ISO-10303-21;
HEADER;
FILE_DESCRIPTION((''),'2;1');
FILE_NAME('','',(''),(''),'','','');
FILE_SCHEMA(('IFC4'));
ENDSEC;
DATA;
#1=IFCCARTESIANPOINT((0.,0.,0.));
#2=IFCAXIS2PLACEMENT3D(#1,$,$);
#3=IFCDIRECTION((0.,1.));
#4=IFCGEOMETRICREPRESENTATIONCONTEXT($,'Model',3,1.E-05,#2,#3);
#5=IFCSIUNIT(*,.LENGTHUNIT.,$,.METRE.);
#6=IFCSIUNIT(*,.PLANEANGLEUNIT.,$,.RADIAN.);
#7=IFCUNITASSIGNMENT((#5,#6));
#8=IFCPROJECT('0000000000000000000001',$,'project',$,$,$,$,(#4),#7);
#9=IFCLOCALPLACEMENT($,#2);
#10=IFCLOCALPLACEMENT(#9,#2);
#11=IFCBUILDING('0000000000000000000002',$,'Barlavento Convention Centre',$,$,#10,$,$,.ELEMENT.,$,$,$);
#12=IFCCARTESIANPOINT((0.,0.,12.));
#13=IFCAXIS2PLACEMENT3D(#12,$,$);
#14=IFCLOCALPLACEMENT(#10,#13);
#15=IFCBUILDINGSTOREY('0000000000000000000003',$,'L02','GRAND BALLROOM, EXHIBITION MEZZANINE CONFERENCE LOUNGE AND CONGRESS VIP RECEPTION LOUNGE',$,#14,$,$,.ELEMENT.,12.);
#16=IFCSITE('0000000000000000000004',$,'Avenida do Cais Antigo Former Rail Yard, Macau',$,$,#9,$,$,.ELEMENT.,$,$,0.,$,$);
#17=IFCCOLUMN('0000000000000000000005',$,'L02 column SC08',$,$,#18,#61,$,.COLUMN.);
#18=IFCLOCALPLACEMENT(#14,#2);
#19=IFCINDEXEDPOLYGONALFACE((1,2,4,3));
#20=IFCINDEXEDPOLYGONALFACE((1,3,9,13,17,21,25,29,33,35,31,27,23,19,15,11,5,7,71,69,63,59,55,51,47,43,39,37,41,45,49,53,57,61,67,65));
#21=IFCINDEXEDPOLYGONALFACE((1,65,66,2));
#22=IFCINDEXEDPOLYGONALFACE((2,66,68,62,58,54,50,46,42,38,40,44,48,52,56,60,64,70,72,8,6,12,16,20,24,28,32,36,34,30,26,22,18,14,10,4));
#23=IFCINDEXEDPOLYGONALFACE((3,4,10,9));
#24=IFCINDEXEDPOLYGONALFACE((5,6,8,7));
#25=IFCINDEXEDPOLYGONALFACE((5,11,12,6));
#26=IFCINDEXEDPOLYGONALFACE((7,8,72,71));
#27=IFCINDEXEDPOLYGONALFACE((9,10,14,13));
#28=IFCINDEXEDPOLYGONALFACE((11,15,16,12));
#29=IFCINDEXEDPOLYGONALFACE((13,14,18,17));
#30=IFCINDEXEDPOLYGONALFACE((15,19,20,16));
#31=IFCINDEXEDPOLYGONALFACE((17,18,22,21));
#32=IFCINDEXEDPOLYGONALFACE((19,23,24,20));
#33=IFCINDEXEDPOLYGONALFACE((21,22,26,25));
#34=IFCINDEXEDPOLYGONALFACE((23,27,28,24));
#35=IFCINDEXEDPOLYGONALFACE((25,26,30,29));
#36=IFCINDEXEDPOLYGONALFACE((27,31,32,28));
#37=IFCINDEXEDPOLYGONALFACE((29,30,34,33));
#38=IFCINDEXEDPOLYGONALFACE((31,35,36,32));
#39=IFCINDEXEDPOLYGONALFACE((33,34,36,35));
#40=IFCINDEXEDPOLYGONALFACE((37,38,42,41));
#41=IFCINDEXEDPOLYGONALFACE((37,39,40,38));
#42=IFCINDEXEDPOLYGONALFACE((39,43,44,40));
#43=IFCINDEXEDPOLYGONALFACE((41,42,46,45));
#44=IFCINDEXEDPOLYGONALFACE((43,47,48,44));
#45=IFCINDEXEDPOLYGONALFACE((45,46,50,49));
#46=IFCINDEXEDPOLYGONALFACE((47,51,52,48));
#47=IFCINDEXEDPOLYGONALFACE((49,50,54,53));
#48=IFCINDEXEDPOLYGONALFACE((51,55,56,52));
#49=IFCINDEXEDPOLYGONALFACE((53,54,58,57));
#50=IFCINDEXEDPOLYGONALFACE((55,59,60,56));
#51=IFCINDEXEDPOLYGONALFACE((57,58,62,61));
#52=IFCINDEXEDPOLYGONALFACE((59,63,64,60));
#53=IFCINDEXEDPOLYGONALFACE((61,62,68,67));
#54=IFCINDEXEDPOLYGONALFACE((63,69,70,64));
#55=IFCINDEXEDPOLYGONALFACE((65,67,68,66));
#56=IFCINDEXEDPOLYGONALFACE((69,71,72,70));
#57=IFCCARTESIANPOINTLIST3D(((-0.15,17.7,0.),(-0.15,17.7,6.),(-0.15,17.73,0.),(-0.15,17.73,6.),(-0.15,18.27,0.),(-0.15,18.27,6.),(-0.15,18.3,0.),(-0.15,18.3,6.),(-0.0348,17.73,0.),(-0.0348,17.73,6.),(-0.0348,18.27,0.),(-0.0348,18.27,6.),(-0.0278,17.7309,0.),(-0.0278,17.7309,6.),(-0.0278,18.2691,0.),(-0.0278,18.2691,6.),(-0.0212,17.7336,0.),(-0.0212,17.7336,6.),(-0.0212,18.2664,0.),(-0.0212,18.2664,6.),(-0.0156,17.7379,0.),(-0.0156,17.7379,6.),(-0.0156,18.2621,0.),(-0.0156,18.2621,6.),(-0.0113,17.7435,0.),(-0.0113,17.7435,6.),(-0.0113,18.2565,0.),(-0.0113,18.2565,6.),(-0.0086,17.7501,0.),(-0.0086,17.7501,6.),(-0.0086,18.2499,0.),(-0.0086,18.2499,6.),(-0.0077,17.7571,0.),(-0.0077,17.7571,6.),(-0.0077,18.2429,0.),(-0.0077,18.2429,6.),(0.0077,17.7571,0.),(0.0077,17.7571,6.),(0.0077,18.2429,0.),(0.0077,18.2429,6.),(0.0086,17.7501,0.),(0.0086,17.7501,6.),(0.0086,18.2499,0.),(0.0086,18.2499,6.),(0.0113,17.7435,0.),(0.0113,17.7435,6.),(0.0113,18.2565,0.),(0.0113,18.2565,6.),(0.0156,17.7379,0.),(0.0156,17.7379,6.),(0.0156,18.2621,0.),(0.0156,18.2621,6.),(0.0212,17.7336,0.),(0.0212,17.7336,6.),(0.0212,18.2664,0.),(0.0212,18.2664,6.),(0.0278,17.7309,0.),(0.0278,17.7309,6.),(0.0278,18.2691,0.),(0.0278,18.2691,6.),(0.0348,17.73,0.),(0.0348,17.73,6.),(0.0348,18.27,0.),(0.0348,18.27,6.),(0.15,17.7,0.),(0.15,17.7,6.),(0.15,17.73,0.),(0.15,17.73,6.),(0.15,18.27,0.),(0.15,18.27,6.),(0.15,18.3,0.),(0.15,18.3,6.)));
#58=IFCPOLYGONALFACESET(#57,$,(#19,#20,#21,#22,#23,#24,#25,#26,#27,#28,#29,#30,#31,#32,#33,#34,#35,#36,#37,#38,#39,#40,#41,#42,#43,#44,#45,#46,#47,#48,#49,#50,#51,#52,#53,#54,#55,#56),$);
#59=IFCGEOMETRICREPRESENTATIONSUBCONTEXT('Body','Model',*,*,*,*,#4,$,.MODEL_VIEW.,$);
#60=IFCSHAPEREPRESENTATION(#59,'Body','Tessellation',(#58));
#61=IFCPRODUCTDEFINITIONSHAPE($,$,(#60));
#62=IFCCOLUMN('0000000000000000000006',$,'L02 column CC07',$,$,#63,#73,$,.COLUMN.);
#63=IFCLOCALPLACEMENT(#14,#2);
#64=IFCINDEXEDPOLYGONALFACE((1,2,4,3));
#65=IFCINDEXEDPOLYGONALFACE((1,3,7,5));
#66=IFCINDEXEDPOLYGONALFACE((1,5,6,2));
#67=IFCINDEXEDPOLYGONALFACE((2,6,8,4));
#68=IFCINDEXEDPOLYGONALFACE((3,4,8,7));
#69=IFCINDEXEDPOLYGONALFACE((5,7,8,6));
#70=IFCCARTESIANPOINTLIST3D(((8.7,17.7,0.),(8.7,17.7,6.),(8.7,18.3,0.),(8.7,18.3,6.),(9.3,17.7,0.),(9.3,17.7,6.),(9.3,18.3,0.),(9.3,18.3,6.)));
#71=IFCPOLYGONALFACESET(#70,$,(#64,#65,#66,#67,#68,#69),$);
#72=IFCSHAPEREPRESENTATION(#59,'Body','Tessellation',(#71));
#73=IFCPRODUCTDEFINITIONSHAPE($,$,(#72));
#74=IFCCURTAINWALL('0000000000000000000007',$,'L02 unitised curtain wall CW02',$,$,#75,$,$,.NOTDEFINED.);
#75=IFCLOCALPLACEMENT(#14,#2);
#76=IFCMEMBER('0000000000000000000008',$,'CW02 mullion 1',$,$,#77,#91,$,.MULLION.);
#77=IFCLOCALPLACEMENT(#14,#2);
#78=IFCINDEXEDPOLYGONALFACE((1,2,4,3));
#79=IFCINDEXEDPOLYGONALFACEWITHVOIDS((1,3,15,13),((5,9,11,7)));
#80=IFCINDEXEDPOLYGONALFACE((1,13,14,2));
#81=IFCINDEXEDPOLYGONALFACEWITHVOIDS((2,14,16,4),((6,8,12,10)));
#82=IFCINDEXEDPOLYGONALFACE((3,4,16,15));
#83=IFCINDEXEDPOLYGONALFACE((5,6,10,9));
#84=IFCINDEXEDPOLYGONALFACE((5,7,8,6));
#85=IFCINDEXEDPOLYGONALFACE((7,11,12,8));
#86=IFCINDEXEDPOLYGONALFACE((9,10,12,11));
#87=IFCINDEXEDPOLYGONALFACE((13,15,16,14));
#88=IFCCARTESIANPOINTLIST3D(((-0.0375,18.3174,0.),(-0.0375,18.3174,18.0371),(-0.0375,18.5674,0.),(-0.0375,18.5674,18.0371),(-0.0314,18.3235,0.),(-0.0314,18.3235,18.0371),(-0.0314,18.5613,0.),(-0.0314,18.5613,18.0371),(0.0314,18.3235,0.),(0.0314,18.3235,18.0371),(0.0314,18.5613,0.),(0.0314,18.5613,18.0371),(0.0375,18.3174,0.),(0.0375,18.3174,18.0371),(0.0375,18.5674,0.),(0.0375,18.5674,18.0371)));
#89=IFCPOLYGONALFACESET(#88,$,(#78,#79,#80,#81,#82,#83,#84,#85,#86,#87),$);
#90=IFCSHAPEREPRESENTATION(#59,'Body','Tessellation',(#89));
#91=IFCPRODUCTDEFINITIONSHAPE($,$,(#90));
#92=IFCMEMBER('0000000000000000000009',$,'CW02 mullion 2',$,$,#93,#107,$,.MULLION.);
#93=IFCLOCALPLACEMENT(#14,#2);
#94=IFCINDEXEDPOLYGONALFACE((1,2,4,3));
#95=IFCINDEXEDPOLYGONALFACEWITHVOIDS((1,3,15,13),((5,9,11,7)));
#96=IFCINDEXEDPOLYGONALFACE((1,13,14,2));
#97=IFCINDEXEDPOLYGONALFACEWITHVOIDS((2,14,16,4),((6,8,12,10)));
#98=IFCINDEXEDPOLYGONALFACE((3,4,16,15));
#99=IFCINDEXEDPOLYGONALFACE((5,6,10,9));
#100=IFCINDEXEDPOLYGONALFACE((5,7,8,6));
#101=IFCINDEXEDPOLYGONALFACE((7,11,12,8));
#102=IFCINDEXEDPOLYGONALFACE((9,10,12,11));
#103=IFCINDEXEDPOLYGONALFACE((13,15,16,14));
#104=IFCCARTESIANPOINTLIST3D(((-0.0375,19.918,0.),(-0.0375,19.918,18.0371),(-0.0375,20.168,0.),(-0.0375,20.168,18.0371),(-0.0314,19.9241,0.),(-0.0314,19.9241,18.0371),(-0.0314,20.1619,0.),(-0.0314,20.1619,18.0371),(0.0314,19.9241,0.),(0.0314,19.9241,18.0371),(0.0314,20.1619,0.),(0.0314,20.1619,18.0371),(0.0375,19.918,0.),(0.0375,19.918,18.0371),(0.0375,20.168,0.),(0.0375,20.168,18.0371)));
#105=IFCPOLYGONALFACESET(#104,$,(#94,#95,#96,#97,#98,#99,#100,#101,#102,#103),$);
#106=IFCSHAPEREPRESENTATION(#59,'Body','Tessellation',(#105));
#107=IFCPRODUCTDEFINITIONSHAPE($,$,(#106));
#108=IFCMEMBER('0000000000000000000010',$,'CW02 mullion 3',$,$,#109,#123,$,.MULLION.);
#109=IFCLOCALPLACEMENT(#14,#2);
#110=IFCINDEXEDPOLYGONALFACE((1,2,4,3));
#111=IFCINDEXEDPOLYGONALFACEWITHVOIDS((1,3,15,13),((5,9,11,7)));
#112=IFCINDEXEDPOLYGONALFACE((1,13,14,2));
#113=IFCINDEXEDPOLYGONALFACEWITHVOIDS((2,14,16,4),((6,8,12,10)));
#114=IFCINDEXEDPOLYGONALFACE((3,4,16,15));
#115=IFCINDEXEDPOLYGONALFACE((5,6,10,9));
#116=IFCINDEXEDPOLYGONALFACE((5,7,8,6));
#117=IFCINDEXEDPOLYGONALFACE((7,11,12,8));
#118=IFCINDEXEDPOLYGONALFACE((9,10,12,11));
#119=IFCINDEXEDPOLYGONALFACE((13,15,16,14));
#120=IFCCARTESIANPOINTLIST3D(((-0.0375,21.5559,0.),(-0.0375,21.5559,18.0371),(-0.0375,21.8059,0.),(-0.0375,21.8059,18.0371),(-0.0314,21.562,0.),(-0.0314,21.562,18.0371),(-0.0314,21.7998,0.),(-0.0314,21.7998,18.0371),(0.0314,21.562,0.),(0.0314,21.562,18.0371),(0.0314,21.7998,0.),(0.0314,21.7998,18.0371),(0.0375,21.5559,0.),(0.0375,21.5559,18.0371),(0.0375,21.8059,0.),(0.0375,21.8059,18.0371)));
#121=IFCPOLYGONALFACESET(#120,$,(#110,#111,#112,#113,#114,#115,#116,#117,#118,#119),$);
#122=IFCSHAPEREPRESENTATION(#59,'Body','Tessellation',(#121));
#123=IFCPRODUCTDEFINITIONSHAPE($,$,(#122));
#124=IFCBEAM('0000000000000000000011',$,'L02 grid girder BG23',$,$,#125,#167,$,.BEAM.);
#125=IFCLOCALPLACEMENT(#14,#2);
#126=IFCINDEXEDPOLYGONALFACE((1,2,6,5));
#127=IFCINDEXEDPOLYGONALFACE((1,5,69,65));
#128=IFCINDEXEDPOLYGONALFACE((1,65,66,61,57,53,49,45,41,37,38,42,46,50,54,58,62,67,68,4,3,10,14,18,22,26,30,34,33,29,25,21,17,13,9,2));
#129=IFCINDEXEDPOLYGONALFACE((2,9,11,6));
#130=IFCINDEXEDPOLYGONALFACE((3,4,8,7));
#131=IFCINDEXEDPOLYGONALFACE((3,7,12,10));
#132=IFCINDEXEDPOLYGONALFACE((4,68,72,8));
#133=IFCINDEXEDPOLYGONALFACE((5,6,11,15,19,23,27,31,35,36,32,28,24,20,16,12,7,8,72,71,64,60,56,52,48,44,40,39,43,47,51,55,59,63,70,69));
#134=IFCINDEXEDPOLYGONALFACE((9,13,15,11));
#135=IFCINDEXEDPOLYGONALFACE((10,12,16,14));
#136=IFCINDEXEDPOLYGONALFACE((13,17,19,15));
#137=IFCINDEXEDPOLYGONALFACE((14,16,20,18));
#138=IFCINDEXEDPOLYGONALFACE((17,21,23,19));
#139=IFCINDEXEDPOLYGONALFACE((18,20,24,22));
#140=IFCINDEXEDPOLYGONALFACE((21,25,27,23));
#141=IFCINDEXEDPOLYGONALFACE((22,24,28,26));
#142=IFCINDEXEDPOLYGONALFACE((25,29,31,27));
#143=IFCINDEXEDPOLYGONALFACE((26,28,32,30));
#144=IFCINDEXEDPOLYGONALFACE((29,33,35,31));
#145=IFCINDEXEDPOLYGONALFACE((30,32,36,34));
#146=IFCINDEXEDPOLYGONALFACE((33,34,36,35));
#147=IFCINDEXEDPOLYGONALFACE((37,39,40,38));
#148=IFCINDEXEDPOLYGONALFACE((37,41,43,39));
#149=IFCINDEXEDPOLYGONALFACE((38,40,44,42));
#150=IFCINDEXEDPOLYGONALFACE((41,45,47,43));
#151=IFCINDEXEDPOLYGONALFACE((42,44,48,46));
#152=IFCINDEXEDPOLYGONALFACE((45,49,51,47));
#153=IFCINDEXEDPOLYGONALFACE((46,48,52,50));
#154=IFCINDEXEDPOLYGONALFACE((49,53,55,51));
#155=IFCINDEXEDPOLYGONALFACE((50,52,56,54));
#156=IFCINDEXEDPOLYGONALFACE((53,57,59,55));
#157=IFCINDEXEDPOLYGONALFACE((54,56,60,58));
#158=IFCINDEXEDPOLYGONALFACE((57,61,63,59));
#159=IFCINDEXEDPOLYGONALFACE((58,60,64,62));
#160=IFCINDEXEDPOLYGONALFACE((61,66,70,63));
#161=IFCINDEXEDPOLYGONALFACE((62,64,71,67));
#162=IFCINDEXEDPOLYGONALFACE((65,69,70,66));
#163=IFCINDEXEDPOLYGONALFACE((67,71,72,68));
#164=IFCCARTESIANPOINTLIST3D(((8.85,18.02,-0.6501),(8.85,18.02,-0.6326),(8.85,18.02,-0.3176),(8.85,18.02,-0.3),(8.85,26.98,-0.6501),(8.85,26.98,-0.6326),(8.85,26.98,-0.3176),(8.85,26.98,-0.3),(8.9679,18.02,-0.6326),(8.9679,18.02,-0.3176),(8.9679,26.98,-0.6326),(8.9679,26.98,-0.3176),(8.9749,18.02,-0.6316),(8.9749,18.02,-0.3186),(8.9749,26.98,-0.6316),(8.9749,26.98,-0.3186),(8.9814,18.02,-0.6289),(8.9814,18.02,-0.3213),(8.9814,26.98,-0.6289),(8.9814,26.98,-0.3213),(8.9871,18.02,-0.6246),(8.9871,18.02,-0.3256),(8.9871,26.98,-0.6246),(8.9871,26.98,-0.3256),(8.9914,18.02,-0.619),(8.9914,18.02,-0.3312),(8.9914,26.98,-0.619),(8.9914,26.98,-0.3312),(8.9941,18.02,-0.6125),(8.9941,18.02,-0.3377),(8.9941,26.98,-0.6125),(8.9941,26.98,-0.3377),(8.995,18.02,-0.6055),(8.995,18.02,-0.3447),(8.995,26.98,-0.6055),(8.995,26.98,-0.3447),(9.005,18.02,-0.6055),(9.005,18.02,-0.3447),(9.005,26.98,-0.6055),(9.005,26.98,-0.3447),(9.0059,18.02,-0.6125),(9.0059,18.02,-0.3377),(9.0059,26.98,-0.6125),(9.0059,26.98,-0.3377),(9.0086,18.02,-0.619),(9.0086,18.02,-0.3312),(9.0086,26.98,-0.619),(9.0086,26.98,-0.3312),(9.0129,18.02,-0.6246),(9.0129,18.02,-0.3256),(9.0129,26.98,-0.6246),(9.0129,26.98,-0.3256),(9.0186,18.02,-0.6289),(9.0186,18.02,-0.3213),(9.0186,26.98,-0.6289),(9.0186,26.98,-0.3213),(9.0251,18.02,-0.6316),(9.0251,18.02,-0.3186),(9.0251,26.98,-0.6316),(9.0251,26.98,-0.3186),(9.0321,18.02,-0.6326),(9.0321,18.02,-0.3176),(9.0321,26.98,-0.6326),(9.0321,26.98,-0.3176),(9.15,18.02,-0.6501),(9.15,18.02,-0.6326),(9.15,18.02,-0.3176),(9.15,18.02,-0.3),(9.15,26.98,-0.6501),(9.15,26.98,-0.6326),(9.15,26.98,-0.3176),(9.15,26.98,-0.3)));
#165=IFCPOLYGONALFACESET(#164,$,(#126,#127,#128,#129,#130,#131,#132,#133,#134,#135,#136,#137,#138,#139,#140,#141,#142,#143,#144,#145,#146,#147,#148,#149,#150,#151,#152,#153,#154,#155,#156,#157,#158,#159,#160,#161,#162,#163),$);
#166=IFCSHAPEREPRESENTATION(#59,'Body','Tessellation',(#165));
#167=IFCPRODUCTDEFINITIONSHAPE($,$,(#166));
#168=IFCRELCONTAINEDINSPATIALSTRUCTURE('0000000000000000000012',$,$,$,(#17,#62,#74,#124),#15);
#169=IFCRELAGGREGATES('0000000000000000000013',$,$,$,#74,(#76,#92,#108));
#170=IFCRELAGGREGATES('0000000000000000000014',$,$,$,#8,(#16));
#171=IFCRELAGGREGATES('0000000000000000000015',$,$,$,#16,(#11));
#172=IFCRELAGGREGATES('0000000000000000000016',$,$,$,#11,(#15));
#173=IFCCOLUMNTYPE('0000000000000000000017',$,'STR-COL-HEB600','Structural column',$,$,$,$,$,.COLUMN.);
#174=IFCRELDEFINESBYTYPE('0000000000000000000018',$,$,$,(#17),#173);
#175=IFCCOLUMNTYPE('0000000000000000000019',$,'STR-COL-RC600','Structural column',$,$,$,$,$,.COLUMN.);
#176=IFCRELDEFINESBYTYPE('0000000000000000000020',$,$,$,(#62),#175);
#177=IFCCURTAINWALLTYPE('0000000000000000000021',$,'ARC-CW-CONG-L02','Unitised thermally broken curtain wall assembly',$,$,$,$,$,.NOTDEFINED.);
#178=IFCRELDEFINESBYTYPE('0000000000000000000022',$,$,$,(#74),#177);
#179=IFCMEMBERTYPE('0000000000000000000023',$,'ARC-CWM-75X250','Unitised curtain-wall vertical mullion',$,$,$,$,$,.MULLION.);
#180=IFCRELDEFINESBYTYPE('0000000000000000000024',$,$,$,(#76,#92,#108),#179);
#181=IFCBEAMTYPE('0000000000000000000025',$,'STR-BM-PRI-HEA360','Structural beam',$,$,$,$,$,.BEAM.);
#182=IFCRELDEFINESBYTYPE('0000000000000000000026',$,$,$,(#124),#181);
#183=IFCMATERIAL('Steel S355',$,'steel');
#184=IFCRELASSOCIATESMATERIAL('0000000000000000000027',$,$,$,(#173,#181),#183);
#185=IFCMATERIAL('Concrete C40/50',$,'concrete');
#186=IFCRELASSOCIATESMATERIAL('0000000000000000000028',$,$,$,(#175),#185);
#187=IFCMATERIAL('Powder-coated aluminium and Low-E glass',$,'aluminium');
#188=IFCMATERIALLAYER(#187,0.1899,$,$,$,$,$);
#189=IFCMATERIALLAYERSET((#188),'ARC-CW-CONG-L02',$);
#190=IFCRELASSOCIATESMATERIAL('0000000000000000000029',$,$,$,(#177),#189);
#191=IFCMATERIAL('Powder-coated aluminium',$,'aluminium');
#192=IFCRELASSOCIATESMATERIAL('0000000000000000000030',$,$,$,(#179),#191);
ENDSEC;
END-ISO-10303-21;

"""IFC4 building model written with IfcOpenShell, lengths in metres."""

from ifc_helpers import new_model, si_unit, direction, frame, origin, origin_2d, place, context, subcontext, project, spatial, rectangle, hollow_rectangle, i_section, extrude, material, layer, layer_set, material_profile, profile_set, type_object, element, aggregate, save


model = new_model("IFC4")

# Units and contexts
model_context = context("Model", 3, precision=1e-05, world=origin(), true_north=direction((0.0, 1.0)))
body_context = subcontext(model_context, "Body", "Model", "MODEL_VIEW")
ifc_project = project(units=[si_unit("LENGTHUNIT", "METRE"), si_unit("PLANEANGLEUNIT", "RADIAN")], contexts=[model_context])

# Site, building, storey
site_placement = place(None, origin())
site = spatial("IfcSite", under=ifc_project, at=site_placement, Name="Avenida do Cais Antigo Former Rail Yard, Macau", CompositionType="ELEMENT", RefElevation=0.0)
building_placement = place(site_placement, origin())
building = spatial("IfcBuilding", under=site, at=building_placement, Name="Barlavento Convention Centre", CompositionType="ELEMENT")
storey_placement = place(building_placement, frame((0.0, 0.0, 12.0)))
storey = spatial("IfcBuildingStorey", under=building, at=storey_placement, Name="L02", Description="GRAND BALLROOM, EXHIBITION MEZZANINE CONFERENCE LOUNGE AND CONGRESS VIP RECEPTION LOUNGE", CompositionType="ELEMENT", Elevation=12.0)

# Columns
ifc_material_1 = material(Name="Steel S355", Category="steel")
ifc_material_profile_1 = material_profile(ifc_material_1, i_section(OverallWidth=0.3, OverallDepth=0.6001, WebThickness=0.0154, FlangeThickness=0.03, FilletRadius=0.0271, at=origin_2d()), Name="HEB 600")
ifc_profile_set_1 = profile_set([ifc_material_profile_1], Name="Steel S355")
column_type_1 = type_object("IfcColumnType", Name="STR-COL-HEB600", Description="Structural column", PredefinedType="COLUMN", material=ifc_profile_set_1)
column_1_placement = place(storey_placement, frame((0.0, 18.0, 0.0), z_axis=(0.0, 0.0, 1.0), x_axis=(1.0, 0.0, 0.0)))
element("IfcColumn", 1, at=column_1_placement, inside=storey, type_object=column_type_1, Name="L02 column SC08", PredefinedType="COLUMN", context=body_context, shape_type="SweptSolid", body=[
    extrude(i_section(OverallWidth=0.3, OverallDepth=0.6001, WebThickness=0.0154, FlangeThickness=0.03, FilletRadius=0.0271, at=origin_2d()), origin(), (0.0, 0.0, 1.0), 6.0),
])
ifc_material_2 = material(Name="Concrete C40/50", Category="concrete")
ifc_material_profile_2 = material_profile(ifc_material_2, rectangle(XDim=0.6001, YDim=0.6001, at=origin_2d()), Name="RC 600x600")
ifc_profile_set_2 = profile_set([ifc_material_profile_2], Name="Concrete C40/50")
column_type_2 = type_object("IfcColumnType", Name="STR-COL-RC600", Description="Structural column", PredefinedType="COLUMN", material=ifc_profile_set_2)
column_2_placement = place(storey_placement, frame((9.0, 18.0, 0.0), z_axis=(0.0, 0.0, 1.0), x_axis=(1.0, 0.0, 0.0)))
element("IfcColumn", 2, at=column_2_placement, inside=storey, type_object=column_type_2, Name="L02 column CC07", PredefinedType="COLUMN", context=body_context, shape_type="SweptSolid", body=[
    extrude(rectangle(XDim=0.6001, YDim=0.6001, at=origin_2d()), origin(), (0.0, 0.0, 1.0), 6.0),
])

# Curtain wall, members
ifc_material_3 = material(Name="Powder-coated aluminium and Low-E glass", Category="aluminium")
ifc_layer_1 = layer(ifc_material_3, 0.1899)
ifc_layer_set_1 = layer_set([ifc_layer_1], Name="ARC-CW-CONG-L02")
curtain_wall_type = type_object("IfcCurtainWallType", Name="ARC-CW-CONG-L02", Description="Unitised thermally broken curtain wall assembly", PredefinedType="NOTDEFINED", material=ifc_layer_set_1)
curtain_wall_placement = place(storey_placement, origin())
curtain_wall = element("IfcCurtainWall", 3, at=curtain_wall_placement, inside=storey, type_object=curtain_wall_type, Name="L02 unitised curtain wall CW02", PredefinedType="NOTDEFINED")
ifc_material_4 = material(Name="Powder-coated aluminium", Category="aluminium")
ifc_material_profile_3 = material_profile(ifc_material_4, hollow_rectangle(XDim=0.075, YDim=0.25, WallThickness=0.0061, at=origin_2d()), Name="AL-MULL 75x250x6")
ifc_profile_set_3 = profile_set([ifc_material_profile_3], Name="Powder-coated aluminium")
member_type = type_object("IfcMemberType", Name="ARC-CWM-75X250", Description="Unitised curtain-wall vertical mullion", PredefinedType="MULLION", material=ifc_profile_set_3)
member_1_placement = place(storey_placement, frame((0.0, 18.4424, 0.0), z_axis=(0.0, 0.0, 1.0), x_axis=(-1.0, 0.0, 0.0)))
member_1 = element("IfcMember", 4, at=member_1_placement, type_object=member_type, Name="CW02 mullion 1", PredefinedType="MULLION", context=body_context, shape_type="SweptSolid", body=[
    extrude(hollow_rectangle(XDim=0.075, YDim=0.25, WallThickness=0.0061, at=origin_2d()), origin(), (0.0, 0.0, 1.0), 18.0371),
])
member_2_placement = place(storey_placement, frame((0.0, 20.043, 0.0), z_axis=(0.0, 0.0, 1.0), x_axis=(-1.0, 0.0, 0.0)))
member_2 = element("IfcMember", 5, at=member_2_placement, type_object=member_type, Name="CW02 mullion 2", PredefinedType="MULLION", context=body_context, shape_type="SweptSolid", body=[
    extrude(hollow_rectangle(XDim=0.075, YDim=0.25, WallThickness=0.0061, at=origin_2d()), origin(), (0.0, 0.0, 1.0), 18.0371),
])
member_3_placement = place(storey_placement, frame((0.0, 21.6809, 0.0), z_axis=(0.0, 0.0, 1.0), x_axis=(-1.0, 0.0, 0.0)))
member_3 = element("IfcMember", 6, at=member_3_placement, type_object=member_type, Name="CW02 mullion 3", PredefinedType="MULLION", context=body_context, shape_type="SweptSolid", body=[
    extrude(hollow_rectangle(XDim=0.075, YDim=0.25, WallThickness=0.0061, at=origin_2d()), origin(), (0.0, 0.0, 1.0), 18.0371),
])
aggregate(curtain_wall, [member_1, member_2, member_3])

# Beam
ifc_material_profile_4 = material_profile(ifc_material_1, i_section(OverallWidth=0.3, OverallDepth=0.3501, WebThickness=0.01, FlangeThickness=0.0176, FilletRadius=0.0271, at=origin_2d()), Name="HEA 360")
ifc_profile_set_4 = profile_set([ifc_material_profile_4], Name="Steel S355")
beam_type_1 = type_object("IfcBeamType", Name="STR-BM-PRI-HEA360", Description="Structural beam", PredefinedType="BEAM", material=ifc_profile_set_4)
beam_1_placement = place(storey_placement, frame((9.0, 18.02, -0.4751), z_axis=(0.0, 1.0, 0.0), x_axis=(-1.0, 0.0, 0.0)))
element("IfcBeam", 7, at=beam_1_placement, inside=storey, type_object=beam_type_1, Name="L02 grid girder BG23", PredefinedType="BEAM", context=body_context, shape_type="SweptSolid", body=[
    extrude(i_section(OverallWidth=0.3, OverallDepth=0.3501, WebThickness=0.01, FlangeThickness=0.0176, FilletRadius=0.0271, at=origin_2d()), origin(), (0.0, 0.0, 1.0), 8.96),
])

save(model, "model.ifc")
